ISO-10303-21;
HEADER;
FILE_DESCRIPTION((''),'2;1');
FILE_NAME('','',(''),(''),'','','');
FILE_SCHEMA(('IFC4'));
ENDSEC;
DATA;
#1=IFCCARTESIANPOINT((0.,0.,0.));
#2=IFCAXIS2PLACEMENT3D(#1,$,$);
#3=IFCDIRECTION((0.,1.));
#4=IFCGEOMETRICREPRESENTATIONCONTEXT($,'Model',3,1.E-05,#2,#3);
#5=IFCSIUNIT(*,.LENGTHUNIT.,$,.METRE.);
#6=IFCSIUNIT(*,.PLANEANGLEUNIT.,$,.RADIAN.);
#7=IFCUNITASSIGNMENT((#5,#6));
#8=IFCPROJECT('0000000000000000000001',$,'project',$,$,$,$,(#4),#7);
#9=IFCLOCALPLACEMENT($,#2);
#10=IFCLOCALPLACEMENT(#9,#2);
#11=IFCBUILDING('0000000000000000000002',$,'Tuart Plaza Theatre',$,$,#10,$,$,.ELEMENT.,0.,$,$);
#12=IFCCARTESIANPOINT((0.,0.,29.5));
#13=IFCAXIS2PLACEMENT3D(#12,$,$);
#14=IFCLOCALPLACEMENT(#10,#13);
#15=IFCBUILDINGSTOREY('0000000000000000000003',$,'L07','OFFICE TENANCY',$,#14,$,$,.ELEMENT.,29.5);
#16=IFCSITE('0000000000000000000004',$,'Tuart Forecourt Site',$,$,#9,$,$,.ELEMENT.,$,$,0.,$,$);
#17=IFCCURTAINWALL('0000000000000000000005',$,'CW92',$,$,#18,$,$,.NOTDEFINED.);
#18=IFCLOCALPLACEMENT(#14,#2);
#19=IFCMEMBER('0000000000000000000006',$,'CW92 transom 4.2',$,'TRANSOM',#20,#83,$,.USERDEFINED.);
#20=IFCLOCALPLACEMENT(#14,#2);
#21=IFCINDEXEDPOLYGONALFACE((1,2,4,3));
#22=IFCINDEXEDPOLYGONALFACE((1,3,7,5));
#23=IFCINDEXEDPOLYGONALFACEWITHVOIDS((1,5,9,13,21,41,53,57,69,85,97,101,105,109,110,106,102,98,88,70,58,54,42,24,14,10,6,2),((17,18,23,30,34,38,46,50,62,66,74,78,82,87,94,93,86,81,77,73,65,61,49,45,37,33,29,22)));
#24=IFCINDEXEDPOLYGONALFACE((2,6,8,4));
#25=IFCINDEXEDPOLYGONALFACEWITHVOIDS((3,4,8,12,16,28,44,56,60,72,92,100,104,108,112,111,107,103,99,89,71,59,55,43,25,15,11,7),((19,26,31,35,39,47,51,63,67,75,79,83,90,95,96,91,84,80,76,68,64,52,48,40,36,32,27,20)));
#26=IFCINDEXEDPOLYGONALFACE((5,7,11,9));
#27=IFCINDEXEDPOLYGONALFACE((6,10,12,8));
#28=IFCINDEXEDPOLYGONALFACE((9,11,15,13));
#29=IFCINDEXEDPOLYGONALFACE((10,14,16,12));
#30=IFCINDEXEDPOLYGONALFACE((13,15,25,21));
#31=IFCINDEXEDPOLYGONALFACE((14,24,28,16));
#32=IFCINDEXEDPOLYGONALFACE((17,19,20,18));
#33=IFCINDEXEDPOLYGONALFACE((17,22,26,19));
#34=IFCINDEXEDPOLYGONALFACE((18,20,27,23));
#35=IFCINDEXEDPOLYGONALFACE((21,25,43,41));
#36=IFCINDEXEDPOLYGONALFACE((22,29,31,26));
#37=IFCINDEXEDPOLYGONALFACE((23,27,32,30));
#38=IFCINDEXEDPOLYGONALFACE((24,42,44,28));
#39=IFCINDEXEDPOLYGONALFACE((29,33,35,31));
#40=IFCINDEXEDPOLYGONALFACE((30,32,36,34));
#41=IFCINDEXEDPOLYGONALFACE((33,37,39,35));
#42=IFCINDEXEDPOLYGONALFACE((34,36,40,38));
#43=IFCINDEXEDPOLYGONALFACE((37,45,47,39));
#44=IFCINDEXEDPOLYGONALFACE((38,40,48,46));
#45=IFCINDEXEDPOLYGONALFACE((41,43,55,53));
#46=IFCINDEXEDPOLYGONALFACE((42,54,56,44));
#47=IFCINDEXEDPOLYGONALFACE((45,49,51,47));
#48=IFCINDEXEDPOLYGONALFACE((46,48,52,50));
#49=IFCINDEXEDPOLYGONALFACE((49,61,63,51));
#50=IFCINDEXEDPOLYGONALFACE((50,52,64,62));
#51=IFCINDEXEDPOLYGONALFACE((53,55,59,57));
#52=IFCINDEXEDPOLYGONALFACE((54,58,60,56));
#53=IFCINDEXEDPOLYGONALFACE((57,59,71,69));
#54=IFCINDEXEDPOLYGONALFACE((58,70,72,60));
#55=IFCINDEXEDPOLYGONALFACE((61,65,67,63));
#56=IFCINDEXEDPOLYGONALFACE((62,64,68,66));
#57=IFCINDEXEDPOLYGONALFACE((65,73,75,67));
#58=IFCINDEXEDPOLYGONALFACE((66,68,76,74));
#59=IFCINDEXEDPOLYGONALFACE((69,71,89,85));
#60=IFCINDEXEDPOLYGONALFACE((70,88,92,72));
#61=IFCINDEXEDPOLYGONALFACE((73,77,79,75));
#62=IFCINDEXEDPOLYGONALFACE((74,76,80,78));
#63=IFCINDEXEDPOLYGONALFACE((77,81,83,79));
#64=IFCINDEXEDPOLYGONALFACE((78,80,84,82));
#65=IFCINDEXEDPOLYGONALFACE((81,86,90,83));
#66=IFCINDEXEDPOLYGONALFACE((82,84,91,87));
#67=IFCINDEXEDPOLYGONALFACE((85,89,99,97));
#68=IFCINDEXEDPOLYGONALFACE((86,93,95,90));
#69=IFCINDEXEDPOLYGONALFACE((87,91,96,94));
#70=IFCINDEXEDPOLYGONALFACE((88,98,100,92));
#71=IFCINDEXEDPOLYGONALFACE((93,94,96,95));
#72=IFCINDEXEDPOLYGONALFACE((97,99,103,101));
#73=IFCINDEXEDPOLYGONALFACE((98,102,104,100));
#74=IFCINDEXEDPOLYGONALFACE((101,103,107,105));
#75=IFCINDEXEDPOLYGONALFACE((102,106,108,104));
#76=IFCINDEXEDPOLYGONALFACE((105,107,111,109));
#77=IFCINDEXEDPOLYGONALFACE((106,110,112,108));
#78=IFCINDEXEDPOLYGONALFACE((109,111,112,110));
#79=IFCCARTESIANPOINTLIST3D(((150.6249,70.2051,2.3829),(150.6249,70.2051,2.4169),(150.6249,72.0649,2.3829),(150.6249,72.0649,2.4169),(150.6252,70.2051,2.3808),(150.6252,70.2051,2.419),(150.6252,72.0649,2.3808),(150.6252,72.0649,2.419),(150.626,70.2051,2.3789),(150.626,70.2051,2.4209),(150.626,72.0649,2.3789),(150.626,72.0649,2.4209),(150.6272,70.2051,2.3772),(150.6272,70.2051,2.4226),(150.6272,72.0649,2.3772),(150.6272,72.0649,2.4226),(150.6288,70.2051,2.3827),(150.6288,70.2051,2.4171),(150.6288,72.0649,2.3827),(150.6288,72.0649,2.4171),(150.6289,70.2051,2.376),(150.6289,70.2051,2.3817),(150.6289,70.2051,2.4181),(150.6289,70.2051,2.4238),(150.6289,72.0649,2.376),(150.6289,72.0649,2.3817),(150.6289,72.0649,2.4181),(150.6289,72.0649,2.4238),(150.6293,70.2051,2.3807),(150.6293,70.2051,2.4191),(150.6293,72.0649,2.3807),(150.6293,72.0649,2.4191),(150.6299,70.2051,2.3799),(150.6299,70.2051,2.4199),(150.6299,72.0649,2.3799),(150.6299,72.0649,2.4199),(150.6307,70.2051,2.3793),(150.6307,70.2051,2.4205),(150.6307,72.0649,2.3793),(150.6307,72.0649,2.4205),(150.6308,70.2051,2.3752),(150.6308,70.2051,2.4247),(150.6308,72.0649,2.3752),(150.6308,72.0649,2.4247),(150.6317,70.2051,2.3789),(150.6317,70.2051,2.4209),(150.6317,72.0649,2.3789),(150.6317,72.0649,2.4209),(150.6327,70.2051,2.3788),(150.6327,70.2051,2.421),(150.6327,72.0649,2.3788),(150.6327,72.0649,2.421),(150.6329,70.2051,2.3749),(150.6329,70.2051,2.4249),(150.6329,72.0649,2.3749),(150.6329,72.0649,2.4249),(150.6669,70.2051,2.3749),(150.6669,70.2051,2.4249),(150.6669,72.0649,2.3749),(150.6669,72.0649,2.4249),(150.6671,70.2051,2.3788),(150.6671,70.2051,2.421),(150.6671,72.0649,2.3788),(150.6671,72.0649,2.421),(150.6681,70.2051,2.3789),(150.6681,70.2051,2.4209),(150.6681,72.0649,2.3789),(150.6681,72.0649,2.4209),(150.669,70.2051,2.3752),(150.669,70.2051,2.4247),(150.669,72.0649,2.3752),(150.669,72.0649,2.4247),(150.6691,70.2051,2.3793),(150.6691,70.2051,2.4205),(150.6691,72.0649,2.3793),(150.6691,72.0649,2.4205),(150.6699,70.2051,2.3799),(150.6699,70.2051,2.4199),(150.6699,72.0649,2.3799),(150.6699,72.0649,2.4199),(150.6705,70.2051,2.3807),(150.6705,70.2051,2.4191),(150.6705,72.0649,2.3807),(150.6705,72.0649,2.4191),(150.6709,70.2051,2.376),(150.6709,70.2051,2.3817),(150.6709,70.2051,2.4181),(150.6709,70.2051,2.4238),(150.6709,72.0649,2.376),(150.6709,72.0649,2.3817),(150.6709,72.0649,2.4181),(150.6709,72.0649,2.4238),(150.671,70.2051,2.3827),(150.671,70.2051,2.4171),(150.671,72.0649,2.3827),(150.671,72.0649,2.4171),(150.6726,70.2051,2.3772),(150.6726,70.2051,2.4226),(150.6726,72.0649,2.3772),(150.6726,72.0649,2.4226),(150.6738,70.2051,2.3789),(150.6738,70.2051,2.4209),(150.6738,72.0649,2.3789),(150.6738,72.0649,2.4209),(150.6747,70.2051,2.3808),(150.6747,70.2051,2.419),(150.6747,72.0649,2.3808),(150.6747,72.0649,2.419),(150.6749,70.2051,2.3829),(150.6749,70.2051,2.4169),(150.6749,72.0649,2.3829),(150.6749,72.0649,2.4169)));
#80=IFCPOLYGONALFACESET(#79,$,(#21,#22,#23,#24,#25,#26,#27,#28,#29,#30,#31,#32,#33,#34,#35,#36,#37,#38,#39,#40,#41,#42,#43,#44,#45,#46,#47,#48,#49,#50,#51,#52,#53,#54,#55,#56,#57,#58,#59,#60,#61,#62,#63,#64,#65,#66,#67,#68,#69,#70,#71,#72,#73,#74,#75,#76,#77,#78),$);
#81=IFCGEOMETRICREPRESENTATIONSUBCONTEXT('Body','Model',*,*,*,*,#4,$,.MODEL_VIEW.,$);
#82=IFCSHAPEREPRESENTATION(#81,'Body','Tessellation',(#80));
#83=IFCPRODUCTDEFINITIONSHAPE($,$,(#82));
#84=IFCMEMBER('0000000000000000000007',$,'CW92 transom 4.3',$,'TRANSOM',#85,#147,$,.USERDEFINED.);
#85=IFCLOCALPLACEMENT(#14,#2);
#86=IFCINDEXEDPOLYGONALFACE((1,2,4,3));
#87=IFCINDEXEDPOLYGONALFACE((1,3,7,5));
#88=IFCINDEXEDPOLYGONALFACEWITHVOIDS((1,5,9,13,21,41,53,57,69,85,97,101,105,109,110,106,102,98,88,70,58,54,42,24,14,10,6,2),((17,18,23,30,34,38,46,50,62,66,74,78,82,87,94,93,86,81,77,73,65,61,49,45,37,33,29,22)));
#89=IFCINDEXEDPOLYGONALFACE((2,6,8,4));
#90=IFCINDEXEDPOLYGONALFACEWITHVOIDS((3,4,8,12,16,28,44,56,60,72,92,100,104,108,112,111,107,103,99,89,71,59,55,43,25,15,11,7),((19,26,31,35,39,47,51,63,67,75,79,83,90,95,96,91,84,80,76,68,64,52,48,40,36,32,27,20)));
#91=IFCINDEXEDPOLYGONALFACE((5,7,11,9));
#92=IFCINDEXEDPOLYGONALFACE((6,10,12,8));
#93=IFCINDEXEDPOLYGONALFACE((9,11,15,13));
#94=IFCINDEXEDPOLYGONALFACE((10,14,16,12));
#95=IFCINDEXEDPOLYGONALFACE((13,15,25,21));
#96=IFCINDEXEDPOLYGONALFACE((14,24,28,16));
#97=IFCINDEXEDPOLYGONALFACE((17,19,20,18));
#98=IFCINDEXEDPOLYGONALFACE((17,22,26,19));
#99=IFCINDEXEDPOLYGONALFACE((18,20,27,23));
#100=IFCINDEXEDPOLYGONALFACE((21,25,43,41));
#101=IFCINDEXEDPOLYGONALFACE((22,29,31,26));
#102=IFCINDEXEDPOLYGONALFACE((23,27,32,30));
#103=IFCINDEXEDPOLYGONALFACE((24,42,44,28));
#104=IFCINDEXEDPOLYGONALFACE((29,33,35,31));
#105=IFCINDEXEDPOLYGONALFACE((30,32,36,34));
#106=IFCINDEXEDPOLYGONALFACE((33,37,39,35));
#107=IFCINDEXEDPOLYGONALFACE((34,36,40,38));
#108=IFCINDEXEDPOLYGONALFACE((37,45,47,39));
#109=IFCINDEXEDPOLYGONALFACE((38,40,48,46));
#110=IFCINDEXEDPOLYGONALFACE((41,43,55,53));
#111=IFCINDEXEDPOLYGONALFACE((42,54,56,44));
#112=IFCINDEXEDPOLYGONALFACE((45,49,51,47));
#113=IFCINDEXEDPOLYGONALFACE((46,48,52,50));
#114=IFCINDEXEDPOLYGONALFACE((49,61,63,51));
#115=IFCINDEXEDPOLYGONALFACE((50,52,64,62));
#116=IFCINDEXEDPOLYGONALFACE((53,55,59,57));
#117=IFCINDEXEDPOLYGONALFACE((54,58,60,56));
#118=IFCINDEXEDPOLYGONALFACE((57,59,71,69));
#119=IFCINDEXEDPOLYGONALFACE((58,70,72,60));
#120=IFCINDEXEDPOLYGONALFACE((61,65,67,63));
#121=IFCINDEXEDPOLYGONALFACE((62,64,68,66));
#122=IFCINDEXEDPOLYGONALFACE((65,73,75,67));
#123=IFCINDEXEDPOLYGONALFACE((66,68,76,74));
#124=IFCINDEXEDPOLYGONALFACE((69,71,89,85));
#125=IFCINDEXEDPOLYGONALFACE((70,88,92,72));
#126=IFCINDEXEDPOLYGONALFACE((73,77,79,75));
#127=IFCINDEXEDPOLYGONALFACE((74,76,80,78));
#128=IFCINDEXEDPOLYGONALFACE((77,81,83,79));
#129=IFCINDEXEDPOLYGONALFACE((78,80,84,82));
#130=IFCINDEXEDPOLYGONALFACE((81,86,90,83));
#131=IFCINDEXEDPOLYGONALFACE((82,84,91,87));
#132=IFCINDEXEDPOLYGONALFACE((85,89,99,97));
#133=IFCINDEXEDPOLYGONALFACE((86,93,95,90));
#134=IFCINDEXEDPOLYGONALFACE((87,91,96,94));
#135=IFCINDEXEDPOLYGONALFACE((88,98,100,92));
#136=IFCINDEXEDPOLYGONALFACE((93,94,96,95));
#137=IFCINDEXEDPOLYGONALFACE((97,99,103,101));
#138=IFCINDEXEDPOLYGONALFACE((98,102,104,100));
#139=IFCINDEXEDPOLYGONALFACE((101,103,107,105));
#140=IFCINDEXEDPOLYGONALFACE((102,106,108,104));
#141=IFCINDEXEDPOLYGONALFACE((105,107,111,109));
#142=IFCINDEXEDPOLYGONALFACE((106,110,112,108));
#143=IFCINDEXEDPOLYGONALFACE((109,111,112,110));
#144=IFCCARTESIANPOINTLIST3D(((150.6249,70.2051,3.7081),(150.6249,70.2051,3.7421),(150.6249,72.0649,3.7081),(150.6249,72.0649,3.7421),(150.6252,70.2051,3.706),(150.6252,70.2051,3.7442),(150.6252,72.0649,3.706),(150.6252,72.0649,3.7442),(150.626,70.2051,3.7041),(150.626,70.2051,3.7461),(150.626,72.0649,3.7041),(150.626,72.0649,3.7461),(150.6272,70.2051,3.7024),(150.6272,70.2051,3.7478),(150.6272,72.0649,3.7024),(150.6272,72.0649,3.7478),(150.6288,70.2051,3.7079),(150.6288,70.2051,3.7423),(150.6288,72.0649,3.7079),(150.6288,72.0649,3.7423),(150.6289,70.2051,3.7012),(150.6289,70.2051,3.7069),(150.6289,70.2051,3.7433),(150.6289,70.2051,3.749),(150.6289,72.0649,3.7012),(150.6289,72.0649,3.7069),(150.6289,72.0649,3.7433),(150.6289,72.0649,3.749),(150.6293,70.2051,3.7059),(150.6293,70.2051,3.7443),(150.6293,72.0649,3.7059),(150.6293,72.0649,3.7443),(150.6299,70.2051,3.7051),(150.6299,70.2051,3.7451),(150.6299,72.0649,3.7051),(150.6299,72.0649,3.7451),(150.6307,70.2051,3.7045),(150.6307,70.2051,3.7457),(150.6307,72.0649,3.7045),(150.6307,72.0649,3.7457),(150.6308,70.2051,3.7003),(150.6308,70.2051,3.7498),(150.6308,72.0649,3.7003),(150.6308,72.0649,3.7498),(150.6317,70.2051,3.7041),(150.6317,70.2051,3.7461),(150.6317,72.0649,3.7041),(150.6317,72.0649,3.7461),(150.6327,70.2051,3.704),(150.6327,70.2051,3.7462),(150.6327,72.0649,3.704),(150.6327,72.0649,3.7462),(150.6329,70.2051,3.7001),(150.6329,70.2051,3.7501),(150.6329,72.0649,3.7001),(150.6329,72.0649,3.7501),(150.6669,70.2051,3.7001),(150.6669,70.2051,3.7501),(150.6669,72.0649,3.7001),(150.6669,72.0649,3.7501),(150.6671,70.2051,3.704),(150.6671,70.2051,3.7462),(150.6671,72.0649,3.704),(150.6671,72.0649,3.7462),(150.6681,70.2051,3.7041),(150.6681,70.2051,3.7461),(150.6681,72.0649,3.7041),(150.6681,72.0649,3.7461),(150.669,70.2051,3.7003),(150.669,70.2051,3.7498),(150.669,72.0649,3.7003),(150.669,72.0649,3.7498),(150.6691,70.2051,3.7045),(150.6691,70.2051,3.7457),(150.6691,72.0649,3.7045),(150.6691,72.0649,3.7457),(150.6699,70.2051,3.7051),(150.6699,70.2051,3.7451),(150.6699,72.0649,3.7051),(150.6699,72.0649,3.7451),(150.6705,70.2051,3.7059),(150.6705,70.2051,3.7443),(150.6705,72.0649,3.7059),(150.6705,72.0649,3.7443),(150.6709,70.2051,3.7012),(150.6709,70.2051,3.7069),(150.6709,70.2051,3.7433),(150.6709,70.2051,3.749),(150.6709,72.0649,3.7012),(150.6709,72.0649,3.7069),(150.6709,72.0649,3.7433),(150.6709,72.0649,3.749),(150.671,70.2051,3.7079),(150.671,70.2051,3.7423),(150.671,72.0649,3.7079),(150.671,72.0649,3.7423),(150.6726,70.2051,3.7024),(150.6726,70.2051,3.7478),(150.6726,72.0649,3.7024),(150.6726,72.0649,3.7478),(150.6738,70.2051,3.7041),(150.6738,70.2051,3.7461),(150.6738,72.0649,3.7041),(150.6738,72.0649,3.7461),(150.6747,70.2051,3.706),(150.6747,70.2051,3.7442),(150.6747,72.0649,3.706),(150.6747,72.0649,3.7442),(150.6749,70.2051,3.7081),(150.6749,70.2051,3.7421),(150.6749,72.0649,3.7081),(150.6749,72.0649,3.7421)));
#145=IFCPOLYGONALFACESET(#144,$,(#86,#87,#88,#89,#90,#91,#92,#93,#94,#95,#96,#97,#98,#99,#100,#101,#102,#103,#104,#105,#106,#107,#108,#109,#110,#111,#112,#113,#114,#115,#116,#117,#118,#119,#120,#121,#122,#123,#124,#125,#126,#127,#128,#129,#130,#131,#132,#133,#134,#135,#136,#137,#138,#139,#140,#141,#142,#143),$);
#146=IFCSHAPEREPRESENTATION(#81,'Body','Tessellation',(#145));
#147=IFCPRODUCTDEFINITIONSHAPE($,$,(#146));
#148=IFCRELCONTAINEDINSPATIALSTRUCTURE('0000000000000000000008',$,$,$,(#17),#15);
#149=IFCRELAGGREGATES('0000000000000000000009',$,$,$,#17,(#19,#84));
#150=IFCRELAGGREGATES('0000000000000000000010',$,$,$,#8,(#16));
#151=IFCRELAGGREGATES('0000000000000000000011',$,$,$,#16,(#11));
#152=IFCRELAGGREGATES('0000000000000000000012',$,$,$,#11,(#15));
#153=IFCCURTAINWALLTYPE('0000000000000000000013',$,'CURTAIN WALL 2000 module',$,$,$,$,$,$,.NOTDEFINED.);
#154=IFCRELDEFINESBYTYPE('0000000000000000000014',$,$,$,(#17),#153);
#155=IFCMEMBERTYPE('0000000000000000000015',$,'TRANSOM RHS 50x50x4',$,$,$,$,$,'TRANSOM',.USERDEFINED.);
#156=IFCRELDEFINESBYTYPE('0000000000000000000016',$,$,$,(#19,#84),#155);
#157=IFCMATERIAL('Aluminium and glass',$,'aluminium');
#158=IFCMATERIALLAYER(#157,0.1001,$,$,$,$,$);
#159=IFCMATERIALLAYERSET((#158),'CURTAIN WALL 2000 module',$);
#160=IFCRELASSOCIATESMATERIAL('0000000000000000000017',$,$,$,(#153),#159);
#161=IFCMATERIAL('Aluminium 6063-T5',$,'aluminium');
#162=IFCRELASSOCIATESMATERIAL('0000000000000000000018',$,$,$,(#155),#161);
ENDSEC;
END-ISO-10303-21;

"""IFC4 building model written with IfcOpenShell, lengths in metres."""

from ifc_helpers import new_model, si_unit, direction, frame, origin, origin_2d, place, context, subcontext, project, spatial, hollow_rectangle, extrude, material, layer, layer_set, material_profile, profile_set, type_object, element, aggregate, save


model = new_model("IFC4")

# Units and contexts
model_context = context("Model", 3, precision=1e-05, world=origin(), true_north=direction((0.0, 1.0)))
body_context = subcontext(model_context, "Body", "Model", "MODEL_VIEW")
ifc_project = project(units=[si_unit("LENGTHUNIT", "METRE"), si_unit("PLANEANGLEUNIT", "RADIAN")], contexts=[model_context])

# Site, building, storey
site_placement = place(None, origin())
site = spatial("IfcSite", under=ifc_project, at=site_placement, Name="Tuart Forecourt Site", CompositionType="ELEMENT", RefElevation=0.0)
building_placement = place(site_placement, origin())
building = spatial("IfcBuilding", under=site, at=building_placement, Name="Tuart Plaza Theatre", CompositionType="ELEMENT", ElevationOfRefHeight=0.0)
storey_placement = place(building_placement, frame((0.0, 0.0, 29.5)))
storey = spatial("IfcBuildingStorey", under=building, at=storey_placement, Name="L07", Description="OFFICE TENANCY", CompositionType="ELEMENT", Elevation=29.5)

# Shared definitions
ifc_material_1 = material(Name="Aluminium and glass", Category="aluminium")
ifc_layer_1 = layer(ifc_material_1, 0.1001)
ifc_layer_set_1 = layer_set([ifc_layer_1], Name="CURTAIN WALL 2000 module")
curtain_wall_type = type_object("IfcCurtainWallType", Name="CURTAIN WALL 2000 module", PredefinedType="NOTDEFINED", material=ifc_layer_set_1)

# Curtain wall, members
curtain_wall_1_placement = place(storey_placement, origin())
curtain_wall_1 = element("IfcCurtainWall", 1, at=curtain_wall_1_placement, inside=storey, type_object=curtain_wall_type, Name="CW92", PredefinedType="NOTDEFINED")
ifc_material_2 = material(Name="Aluminium 6063-T5", Category="aluminium")
ifc_material_profile_1 = material_profile(ifc_material_2, hollow_rectangle(XDim=0.05, YDim=0.05, WallThickness=0.0039, InnerFilletRadius=0.0039, OuterFilletRadius=0.0081, at=origin_2d()), Name="RHS 50x50x4")
ifc_profile_set_1 = profile_set([ifc_material_profile_1], Name="Aluminium 6063-T5")
member_type_1 = type_object("IfcMemberType", Name="TRANSOM RHS 50x50x4", ElementType="TRANSOM", PredefinedType="USERDEFINED", material=ifc_profile_set_1)
member_1_placement = place(storey_placement, frame((150.6499, 70.2051, 2.3999), z_axis=(0.0, 1.0, 0.0), x_axis=(-1.0, 0.0, 0.0)))
member_1 = element("IfcMember", 2, at=member_1_placement, type_object=member_type_1, Name="CW92 transom 4.2", ObjectType="TRANSOM", PredefinedType="USERDEFINED", context=body_context, shape_type="SweptSolid", body=[
    extrude(hollow_rectangle(XDim=0.05, YDim=0.05, WallThickness=0.0039, InnerFilletRadius=0.0039, OuterFilletRadius=0.0081, at=origin_2d()), origin(), (0.0, 0.0, 1.0), 1.8599),
])
member_2_placement = place(storey_placement, frame((150.6499, 70.2051, 3.7251), z_axis=(0.0, 1.0, 0.0), x_axis=(-1.0, 0.0, 0.0)))
member_2 = element("IfcMember", 3, at=member_2_placement, type_object=member_type_1, Name="CW92 transom 4.3", ObjectType="TRANSOM", PredefinedType="USERDEFINED", context=body_context, shape_type="SweptSolid", body=[
    extrude(hollow_rectangle(XDim=0.05, YDim=0.05, WallThickness=0.0039, InnerFilletRadius=0.0039, OuterFilletRadius=0.0081, at=origin_2d()), origin(), (0.0, 0.0, 1.0), 1.8599),
])
aggregate(curtain_wall_1, [member_1, member_2])

save(model, "model.ifc")
